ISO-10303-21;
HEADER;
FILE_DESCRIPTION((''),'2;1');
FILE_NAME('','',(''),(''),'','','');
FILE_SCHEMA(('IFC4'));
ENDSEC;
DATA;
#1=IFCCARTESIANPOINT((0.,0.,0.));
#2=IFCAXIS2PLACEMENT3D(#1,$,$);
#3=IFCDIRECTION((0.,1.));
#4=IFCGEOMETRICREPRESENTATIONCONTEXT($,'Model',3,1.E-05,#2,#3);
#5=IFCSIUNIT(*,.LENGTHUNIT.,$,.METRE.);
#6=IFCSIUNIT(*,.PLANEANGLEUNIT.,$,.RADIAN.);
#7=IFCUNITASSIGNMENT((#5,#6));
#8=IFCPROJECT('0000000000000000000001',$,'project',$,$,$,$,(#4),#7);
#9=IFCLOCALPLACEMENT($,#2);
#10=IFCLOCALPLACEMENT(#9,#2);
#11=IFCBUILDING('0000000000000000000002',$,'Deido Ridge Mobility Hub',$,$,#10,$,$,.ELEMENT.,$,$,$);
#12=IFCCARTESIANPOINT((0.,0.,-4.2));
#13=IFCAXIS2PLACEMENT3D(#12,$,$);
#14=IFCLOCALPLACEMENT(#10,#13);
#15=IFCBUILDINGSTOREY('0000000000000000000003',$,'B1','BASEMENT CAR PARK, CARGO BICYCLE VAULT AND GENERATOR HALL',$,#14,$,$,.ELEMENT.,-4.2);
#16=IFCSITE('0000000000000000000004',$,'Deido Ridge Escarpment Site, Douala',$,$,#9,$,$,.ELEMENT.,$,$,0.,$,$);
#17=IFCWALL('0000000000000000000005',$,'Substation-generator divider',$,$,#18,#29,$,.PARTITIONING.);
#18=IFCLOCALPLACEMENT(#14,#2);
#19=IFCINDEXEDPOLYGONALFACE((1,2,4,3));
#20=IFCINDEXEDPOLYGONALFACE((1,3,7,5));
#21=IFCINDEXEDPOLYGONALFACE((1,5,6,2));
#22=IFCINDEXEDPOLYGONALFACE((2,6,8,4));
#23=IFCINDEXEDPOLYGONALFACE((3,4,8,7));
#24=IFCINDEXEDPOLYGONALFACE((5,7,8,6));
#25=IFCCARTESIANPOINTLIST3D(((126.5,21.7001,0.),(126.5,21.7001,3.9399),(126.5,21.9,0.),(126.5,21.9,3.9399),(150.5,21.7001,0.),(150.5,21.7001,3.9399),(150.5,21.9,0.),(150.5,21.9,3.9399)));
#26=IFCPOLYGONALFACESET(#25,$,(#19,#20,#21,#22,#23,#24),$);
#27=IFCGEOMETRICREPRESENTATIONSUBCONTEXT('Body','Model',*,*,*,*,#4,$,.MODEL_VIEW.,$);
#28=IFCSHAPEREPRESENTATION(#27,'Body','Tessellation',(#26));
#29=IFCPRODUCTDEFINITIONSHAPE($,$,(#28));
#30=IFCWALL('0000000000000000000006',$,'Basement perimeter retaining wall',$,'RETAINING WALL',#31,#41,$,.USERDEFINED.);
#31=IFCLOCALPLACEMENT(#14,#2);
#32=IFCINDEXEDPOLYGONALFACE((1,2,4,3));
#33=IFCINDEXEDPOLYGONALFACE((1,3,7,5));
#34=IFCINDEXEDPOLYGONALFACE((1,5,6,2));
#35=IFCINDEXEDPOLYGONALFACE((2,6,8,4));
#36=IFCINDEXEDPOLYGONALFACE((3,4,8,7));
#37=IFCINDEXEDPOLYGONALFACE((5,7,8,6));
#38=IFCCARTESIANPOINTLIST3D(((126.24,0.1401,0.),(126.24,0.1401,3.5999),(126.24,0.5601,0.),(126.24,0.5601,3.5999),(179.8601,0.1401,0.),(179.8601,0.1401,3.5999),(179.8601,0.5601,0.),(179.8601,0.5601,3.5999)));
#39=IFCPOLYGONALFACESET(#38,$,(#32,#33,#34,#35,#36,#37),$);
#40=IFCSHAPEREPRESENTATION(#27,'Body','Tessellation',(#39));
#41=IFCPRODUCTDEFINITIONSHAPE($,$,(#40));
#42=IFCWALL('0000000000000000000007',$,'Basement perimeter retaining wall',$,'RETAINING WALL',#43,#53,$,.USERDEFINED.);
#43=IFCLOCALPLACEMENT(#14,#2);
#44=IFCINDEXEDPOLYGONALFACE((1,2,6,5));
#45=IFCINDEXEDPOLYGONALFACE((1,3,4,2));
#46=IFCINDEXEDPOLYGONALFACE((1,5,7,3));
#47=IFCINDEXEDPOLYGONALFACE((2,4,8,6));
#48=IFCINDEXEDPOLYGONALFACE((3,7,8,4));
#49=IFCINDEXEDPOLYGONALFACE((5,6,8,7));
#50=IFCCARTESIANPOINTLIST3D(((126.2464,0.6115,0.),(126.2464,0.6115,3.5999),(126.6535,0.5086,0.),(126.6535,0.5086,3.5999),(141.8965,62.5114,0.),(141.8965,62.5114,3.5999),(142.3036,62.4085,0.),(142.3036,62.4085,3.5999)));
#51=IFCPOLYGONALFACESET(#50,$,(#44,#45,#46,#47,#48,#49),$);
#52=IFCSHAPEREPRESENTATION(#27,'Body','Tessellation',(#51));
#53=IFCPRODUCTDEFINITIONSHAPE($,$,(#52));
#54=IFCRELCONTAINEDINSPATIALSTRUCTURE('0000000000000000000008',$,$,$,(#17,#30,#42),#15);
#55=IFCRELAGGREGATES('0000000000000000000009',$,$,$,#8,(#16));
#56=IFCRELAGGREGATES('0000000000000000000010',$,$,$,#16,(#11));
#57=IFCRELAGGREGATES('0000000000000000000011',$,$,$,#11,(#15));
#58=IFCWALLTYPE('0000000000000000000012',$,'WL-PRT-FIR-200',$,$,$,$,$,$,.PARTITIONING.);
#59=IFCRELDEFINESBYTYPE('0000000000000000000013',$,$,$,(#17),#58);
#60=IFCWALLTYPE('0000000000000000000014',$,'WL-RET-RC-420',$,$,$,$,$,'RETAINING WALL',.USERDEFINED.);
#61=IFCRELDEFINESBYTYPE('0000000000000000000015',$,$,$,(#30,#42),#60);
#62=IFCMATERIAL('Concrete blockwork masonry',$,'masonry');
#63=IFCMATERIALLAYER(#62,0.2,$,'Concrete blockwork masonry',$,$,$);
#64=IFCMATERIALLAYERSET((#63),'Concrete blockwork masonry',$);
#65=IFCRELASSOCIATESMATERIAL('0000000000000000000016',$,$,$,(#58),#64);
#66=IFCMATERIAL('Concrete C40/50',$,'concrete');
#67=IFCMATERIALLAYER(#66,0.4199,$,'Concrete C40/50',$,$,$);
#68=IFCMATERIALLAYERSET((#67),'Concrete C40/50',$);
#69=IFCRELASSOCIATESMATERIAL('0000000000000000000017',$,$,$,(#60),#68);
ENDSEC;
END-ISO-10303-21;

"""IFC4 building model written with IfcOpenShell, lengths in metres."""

from ifc_helpers import new_model, si_unit, direction, frame, frame_2d, origin, place, context, subcontext, project, spatial, rectangle, extrude, material, layer, layer_set, type_object, element, save


model = new_model("IFC4")

# Units and contexts
model_context = context("Model", 3, precision=1e-05, world=origin(), true_north=direction((0.0, 1.0)))
body_context = subcontext(model_context, "Body", "Model", "MODEL_VIEW")
ifc_project = project(units=[si_unit("LENGTHUNIT", "METRE"), si_unit("PLANEANGLEUNIT", "RADIAN")], contexts=[model_context])

# Site, building, storey
site_placement = place(None, origin())
site = spatial("IfcSite", under=ifc_project, at=site_placement, Name="Deido Ridge Escarpment Site, Douala", CompositionType="ELEMENT", RefElevation=0.0)
building_placement = place(site_placement, origin())
building = spatial("IfcBuilding", under=site, at=building_placement, Name="Deido Ridge Mobility Hub", CompositionType="ELEMENT")
storey_placement = place(building_placement, frame((0.0, 0.0, -4.2)))
storey = spatial("IfcBuildingStorey", under=building, at=storey_placement, Name="B1", Description="BASEMENT CAR PARK, CARGO BICYCLE VAULT AND GENERATOR HALL", CompositionType="ELEMENT", Elevation=-4.2)

# Shared definitions
ifc_material_1 = material(Name="Concrete C40/50", Category="concrete")

# Walls
ifc_material_2 = material(Name="Concrete blockwork masonry", Category="masonry")
ifc_layer_1 = layer(ifc_material_2, 0.2, Name="Concrete blockwork masonry")
ifc_layer_set_1 = layer_set([ifc_layer_1], Name="Concrete blockwork masonry")
wall_type_1 = type_object("IfcWallType", Name="WL-PRT-FIR-200", PredefinedType="PARTITIONING", material=ifc_layer_set_1)
wall_1_placement = place(storey_placement, frame((126.5, 21.8, 0.0), z_axis=(0.0, 0.0, 1.0), x_axis=(1.0, 0.0, 0.0)))
element("IfcWall", 1, at=wall_1_placement, inside=storey, type_object=wall_type_1, Name="Substation-generator divider", PredefinedType="PARTITIONING", context=body_context, shape_type="SweptSolid", body=[
    extrude(rectangle(XDim=24.0, YDim=0.2, at=frame_2d((12.0, 0.0))), origin(), (0.0, 0.0, 1.0), 3.9399),
])
ifc_layer_2 = layer(ifc_material_1, 0.4199, Name="Concrete C40/50")
ifc_layer_set_2 = layer_set([ifc_layer_2], Name="Concrete C40/50")
wall_type_2 = type_object("IfcWallType", Name="WL-RET-RC-420", ElementType="RETAINING WALL", PredefinedType="USERDEFINED", material=ifc_layer_set_2)
wall_2_placement = place(storey_placement, frame((126.24, 0.3501, 0.0), z_axis=(0.0, 0.0, 1.0), x_axis=(1.0, 0.0, 0.0)))
element("IfcWall", 2, at=wall_2_placement, inside=storey, type_object=wall_type_2, Name="Basement perimeter retaining wall", ObjectType="RETAINING WALL", PredefinedType="USERDEFINED", context=body_context, shape_type="SweptSolid", body=[
    extrude(rectangle(XDim=53.6201, YDim=0.4199, at=frame_2d((26.8101, 0.0))), origin(), (0.0, 0.0, 1.0), 3.5999),
])
wall_3_placement = place(storey_placement, frame((126.45, 0.5601, 0.0), z_axis=(0.0, 0.0, 1.0), x_axis=(0.245117, 0.969494, 0.0)))
element("IfcWall", 3, at=wall_3_placement, inside=storey, type_object=wall_type_2, Name="Basement perimeter retaining wall", ObjectType="RETAINING WALL", PredefinedType="USERDEFINED", context=body_context, shape_type="SweptSolid", body=[
    extrude(rectangle(XDim=63.8477, YDim=0.4199, at=frame_2d((31.9238, 0.0))), origin(), (0.0, 0.0, 1.0), 3.5999),
])

save(model, "model.ifc")
